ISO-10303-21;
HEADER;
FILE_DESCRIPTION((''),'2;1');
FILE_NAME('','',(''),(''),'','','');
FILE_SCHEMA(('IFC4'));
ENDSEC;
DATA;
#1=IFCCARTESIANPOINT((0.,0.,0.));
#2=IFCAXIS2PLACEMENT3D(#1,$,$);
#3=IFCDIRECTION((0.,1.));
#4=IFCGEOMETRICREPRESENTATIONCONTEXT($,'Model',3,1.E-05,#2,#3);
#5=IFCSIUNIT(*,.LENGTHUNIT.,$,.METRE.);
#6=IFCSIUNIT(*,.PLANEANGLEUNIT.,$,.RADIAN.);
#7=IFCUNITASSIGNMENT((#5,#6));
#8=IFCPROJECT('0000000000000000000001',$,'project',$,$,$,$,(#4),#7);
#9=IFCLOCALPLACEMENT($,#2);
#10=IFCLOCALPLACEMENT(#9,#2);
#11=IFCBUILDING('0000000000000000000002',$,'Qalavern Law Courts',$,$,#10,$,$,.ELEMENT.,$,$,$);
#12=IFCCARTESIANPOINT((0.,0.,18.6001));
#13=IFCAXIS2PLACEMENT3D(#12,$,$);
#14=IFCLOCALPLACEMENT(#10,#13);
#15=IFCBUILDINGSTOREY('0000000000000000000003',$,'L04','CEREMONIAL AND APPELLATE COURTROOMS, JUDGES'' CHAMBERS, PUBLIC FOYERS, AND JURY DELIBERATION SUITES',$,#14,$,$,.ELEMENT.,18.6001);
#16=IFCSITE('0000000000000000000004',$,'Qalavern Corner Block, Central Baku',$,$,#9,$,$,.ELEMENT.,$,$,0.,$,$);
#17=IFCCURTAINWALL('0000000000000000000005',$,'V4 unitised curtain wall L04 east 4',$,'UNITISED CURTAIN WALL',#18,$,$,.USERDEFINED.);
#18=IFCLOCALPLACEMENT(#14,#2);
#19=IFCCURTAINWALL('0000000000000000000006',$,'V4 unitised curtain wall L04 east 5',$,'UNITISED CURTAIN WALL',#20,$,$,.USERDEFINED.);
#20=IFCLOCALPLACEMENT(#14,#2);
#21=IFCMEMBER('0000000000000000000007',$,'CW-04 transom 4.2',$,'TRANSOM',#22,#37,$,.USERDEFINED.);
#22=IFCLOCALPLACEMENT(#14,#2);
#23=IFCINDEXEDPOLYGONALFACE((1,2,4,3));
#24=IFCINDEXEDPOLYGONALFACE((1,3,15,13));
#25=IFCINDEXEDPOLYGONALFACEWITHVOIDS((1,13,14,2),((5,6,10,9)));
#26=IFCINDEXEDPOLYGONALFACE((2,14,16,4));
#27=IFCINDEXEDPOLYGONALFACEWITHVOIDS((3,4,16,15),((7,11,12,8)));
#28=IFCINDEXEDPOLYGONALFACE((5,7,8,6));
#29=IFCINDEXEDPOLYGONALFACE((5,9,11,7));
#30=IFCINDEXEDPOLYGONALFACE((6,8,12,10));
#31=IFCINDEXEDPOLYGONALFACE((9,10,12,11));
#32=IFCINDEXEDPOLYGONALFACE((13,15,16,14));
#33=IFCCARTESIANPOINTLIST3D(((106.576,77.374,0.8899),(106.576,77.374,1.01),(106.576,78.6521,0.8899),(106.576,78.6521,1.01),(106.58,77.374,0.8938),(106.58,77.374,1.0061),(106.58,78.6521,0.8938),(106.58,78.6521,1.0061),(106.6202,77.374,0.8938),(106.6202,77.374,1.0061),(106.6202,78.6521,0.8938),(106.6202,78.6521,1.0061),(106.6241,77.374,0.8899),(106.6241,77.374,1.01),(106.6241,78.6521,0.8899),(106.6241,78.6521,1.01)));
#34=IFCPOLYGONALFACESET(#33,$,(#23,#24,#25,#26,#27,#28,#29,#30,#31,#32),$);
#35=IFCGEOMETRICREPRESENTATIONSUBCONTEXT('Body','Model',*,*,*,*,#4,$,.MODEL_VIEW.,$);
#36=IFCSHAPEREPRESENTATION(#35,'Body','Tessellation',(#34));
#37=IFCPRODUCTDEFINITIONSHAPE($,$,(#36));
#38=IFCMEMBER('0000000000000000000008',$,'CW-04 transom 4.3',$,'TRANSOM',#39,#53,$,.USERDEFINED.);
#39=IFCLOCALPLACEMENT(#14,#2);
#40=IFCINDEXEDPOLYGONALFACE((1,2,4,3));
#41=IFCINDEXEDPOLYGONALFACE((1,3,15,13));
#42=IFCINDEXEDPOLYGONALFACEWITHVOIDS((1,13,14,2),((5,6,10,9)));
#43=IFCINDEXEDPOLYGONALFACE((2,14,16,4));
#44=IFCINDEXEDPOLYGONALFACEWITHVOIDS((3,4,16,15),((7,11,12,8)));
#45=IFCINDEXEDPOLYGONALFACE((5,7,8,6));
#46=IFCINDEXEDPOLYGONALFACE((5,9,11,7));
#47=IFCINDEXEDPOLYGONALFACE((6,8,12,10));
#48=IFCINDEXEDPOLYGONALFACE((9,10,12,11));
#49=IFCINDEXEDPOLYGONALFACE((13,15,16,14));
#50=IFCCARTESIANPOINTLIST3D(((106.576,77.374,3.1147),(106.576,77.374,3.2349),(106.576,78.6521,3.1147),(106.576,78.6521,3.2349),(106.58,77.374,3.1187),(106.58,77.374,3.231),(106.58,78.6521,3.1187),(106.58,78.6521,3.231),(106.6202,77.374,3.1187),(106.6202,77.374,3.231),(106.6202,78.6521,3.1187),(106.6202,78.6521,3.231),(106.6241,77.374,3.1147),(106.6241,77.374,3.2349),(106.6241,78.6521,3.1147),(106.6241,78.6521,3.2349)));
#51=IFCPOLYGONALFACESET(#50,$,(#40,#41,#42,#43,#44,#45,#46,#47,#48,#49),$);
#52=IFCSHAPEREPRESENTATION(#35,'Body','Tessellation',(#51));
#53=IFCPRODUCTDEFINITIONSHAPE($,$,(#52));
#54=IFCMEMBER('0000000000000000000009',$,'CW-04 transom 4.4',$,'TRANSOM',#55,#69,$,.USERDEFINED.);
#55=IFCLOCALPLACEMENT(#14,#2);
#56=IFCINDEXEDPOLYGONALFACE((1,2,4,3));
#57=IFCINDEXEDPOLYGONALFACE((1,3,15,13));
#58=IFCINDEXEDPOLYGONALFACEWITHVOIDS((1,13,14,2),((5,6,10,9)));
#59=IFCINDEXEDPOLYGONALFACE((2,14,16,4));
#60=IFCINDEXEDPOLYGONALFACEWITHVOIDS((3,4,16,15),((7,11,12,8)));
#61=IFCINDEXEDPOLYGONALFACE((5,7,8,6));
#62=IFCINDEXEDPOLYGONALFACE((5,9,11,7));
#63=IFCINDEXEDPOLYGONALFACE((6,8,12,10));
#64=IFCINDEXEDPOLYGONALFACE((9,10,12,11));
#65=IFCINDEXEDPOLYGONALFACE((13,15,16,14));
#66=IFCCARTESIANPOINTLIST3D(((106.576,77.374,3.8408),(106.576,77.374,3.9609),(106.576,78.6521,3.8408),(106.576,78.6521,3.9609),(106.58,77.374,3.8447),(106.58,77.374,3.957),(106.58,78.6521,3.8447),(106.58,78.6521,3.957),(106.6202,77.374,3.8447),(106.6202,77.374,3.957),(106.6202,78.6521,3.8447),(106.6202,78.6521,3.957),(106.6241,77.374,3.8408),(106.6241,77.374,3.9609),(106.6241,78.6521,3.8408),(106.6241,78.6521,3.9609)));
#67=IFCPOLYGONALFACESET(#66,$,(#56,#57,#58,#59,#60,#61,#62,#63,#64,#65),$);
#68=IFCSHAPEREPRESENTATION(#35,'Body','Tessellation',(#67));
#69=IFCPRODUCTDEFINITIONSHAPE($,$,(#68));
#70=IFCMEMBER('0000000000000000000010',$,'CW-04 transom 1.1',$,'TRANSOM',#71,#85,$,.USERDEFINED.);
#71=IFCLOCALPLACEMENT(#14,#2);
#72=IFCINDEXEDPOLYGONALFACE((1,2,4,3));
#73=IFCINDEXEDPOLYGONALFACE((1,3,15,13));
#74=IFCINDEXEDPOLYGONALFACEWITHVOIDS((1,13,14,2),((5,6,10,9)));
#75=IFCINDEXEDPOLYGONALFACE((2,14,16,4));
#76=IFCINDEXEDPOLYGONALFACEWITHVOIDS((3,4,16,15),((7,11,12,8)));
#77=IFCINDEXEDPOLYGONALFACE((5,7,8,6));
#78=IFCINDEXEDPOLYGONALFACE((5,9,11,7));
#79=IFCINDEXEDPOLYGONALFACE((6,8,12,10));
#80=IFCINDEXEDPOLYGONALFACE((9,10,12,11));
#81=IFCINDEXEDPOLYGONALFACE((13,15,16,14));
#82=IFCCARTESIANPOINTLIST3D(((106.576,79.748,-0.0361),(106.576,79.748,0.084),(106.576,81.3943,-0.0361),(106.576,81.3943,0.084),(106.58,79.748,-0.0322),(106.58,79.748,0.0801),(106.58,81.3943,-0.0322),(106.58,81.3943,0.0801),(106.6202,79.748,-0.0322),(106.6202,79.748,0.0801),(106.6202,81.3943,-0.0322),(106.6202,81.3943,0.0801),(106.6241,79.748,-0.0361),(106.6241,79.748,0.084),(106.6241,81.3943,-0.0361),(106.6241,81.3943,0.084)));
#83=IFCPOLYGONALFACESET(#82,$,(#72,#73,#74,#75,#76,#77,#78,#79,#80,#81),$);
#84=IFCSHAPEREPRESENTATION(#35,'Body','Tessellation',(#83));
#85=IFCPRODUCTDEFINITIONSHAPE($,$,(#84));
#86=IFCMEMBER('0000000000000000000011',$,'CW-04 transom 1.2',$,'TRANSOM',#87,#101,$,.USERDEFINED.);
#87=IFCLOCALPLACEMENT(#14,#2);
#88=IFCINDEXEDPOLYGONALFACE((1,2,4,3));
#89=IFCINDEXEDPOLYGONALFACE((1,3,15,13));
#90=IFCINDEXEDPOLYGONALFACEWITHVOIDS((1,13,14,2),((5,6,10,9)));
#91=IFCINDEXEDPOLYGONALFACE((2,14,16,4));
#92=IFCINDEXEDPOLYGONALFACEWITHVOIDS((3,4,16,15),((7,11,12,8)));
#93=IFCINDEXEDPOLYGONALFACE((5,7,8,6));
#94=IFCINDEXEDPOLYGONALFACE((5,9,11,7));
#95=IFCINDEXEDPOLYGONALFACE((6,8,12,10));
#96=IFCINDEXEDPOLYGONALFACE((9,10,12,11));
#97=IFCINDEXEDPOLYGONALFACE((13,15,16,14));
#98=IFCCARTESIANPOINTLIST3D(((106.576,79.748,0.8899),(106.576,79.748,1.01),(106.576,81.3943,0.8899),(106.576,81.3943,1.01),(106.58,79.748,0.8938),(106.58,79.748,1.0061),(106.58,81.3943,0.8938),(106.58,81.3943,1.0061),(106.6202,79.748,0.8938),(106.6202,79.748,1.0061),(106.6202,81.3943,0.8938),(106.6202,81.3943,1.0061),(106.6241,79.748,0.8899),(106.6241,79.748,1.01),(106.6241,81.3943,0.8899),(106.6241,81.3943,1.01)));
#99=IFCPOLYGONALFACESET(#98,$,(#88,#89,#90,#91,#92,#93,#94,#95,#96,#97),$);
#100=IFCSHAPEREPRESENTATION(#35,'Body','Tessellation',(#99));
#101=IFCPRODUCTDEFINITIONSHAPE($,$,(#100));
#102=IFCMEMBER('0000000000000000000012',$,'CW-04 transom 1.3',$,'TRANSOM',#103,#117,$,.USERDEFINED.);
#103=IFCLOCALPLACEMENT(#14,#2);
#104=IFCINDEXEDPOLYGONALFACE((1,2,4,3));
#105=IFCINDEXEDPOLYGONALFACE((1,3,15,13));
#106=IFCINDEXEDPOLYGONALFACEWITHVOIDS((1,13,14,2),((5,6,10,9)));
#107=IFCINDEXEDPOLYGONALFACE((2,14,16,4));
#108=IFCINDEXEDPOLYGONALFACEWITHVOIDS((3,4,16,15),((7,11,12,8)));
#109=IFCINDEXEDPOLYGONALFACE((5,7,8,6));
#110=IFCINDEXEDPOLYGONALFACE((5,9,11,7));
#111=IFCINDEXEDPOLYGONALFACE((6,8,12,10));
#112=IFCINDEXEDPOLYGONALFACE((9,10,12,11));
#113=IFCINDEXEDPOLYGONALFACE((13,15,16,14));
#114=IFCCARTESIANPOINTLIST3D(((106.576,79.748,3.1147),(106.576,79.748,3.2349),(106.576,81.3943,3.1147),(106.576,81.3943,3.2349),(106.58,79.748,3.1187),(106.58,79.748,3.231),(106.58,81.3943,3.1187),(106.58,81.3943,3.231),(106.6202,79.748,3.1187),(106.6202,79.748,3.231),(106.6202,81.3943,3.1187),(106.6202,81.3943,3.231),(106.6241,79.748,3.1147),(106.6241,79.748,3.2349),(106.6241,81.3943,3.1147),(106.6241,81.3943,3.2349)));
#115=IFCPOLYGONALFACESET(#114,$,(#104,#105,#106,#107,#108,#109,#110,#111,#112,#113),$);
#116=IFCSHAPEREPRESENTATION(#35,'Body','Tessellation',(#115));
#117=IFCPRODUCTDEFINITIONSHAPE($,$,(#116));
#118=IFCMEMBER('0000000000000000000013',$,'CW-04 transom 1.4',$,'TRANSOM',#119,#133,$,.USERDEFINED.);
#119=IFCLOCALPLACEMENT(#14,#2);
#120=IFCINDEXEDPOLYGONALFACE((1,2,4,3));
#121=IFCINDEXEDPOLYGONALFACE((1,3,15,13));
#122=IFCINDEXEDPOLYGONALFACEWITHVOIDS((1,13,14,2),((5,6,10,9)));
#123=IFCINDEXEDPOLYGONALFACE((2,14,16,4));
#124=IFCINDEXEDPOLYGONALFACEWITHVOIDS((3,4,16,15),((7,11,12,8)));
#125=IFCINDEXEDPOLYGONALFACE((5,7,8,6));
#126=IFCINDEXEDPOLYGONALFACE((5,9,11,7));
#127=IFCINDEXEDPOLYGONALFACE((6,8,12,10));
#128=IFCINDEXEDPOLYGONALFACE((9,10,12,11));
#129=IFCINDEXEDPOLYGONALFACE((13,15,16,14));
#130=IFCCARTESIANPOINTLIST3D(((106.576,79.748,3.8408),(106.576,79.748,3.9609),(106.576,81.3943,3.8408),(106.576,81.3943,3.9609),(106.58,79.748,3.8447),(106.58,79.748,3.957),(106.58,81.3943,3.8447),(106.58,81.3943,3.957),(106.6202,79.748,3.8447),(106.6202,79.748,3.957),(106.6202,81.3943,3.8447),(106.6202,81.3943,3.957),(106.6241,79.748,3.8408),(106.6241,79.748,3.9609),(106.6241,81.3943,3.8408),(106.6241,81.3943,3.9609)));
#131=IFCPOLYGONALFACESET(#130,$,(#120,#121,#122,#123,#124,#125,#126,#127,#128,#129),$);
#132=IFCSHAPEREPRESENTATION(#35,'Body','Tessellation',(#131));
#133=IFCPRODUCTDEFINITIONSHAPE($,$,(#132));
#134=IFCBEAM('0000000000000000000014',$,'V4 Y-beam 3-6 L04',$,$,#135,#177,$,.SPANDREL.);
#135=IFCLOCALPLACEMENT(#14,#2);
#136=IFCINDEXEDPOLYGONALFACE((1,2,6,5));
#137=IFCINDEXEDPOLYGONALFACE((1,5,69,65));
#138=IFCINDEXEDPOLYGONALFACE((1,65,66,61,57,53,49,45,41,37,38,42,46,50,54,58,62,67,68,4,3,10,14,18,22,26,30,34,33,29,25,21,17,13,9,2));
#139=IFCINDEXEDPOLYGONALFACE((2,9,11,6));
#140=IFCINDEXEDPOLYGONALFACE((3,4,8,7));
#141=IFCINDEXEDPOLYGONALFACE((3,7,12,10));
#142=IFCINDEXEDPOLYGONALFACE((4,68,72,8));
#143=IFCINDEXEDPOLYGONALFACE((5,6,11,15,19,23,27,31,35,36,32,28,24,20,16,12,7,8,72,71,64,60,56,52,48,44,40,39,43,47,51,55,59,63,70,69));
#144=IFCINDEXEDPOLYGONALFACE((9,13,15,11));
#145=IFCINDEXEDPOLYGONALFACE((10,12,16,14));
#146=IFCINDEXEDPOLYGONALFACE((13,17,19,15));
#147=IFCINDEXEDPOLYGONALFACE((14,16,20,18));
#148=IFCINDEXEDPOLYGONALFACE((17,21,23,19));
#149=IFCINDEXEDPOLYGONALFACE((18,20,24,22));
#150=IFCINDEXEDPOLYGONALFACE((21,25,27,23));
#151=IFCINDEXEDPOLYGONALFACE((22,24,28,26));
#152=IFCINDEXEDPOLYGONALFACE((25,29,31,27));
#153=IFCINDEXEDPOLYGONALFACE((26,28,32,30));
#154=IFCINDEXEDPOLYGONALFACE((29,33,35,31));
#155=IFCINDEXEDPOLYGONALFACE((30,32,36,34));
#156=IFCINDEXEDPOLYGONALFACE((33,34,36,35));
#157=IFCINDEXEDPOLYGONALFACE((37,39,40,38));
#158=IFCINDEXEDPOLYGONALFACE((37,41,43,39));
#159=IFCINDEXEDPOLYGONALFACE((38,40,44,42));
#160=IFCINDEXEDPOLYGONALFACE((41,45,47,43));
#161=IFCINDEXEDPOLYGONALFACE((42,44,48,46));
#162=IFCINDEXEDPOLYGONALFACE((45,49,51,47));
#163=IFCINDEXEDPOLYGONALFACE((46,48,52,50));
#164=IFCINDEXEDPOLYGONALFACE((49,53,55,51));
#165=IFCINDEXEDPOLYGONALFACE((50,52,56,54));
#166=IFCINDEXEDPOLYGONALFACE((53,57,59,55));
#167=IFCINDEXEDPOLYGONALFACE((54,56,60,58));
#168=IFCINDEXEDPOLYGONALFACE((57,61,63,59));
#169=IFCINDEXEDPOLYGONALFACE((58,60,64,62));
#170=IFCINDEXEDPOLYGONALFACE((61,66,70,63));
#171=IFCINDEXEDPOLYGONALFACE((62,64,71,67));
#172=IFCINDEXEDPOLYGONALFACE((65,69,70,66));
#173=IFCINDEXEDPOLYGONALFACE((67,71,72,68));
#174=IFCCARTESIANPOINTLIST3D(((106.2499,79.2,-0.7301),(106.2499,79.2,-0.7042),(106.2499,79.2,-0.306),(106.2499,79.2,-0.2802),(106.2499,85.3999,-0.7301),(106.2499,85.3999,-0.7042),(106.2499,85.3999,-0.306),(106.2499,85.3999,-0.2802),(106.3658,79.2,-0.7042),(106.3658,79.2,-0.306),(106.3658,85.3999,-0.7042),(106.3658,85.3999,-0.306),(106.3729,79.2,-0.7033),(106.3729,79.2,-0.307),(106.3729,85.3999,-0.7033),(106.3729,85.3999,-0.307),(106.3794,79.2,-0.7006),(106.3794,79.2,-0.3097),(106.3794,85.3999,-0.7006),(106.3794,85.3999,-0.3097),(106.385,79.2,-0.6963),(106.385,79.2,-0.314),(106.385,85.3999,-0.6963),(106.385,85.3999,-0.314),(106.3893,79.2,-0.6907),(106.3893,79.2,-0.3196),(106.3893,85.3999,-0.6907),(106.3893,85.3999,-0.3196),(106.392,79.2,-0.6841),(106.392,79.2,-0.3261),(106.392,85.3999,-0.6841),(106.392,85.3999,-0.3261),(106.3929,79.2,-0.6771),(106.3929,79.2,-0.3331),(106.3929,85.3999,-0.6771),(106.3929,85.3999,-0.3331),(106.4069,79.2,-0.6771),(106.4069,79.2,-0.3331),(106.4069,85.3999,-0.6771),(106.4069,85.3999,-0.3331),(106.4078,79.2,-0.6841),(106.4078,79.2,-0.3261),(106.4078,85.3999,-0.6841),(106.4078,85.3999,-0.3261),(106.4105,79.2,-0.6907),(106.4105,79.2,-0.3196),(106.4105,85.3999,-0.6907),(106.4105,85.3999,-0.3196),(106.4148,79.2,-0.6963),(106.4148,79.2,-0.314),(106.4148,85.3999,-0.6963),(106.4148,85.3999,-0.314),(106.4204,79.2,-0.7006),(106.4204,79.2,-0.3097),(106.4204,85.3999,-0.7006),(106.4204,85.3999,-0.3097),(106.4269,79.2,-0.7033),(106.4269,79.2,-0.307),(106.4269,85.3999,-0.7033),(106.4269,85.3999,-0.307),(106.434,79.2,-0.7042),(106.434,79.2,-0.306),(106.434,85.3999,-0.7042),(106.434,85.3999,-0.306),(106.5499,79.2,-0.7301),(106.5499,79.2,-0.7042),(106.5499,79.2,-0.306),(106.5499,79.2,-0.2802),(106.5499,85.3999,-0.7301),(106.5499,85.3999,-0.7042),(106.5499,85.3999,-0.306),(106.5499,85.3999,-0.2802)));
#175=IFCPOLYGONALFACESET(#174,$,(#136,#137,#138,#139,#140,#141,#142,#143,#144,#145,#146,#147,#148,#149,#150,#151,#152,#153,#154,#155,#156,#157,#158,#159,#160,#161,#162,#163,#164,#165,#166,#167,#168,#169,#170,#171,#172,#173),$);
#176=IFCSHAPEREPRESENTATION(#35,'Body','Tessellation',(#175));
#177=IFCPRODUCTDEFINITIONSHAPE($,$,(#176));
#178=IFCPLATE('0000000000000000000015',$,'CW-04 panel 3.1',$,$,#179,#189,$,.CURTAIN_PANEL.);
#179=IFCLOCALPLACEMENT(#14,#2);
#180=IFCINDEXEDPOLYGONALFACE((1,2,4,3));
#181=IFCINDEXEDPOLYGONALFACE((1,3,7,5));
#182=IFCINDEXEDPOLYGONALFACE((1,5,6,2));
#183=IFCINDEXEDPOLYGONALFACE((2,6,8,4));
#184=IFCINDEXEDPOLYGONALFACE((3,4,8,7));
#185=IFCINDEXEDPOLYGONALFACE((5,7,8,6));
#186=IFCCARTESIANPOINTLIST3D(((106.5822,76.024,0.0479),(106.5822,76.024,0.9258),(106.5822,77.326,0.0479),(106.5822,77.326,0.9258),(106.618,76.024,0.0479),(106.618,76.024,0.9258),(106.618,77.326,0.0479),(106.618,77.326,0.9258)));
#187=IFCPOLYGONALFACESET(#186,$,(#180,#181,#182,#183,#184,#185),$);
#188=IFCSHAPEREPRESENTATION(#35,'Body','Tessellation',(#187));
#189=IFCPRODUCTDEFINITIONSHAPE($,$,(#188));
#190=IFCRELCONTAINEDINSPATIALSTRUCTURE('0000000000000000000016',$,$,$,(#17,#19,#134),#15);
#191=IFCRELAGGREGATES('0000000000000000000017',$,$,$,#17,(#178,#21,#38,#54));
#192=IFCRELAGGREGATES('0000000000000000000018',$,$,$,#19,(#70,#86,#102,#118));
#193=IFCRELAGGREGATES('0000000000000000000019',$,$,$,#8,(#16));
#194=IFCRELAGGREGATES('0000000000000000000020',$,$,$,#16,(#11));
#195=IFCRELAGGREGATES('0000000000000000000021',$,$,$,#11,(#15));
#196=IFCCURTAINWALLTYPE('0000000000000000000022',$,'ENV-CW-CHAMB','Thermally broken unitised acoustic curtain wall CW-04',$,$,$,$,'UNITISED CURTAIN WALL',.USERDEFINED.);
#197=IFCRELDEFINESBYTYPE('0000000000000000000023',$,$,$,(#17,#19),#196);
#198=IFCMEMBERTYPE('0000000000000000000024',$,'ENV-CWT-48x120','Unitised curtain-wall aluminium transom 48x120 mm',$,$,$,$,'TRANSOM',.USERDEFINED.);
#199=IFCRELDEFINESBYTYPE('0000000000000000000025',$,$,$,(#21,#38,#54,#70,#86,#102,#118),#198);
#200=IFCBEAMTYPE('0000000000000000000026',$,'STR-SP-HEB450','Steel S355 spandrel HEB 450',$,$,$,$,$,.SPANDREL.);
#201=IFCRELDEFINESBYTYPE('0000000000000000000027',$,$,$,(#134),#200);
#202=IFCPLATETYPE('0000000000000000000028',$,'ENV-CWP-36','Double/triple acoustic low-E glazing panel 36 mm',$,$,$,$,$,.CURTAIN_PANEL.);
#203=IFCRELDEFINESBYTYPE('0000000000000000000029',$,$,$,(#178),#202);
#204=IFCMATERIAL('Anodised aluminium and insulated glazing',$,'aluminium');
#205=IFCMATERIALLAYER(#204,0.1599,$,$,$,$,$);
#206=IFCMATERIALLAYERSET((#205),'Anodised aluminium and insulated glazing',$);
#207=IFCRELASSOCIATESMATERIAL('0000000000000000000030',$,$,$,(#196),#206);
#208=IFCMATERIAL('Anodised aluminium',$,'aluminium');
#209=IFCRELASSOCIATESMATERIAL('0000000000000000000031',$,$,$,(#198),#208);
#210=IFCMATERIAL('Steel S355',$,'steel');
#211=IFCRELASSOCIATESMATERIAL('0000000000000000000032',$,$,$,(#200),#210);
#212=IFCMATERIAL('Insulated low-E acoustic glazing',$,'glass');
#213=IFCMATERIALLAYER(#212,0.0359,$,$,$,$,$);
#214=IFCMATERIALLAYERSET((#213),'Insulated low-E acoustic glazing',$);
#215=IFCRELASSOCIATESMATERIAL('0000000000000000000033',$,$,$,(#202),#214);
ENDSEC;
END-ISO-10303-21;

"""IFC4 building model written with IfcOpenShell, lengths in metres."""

from ifc_helpers import new_model, si_unit, direction, frame, origin, origin_2d, place, context, subcontext, project, spatial, rectangle, hollow_rectangle, i_section, extrude, material, layer, layer_set, material_profile, profile_set, type_object, element, aggregate, save


model = new_model("IFC4")

# Units and contexts
model_context = context("Model", 3, precision=1e-05, world=origin(), true_north=direction((0.0, 1.0)))
body_context = subcontext(model_context, "Body", "Model", "MODEL_VIEW")
ifc_project = project(units=[si_unit("LENGTHUNIT", "METRE"), si_unit("PLANEANGLEUNIT", "RADIAN")], contexts=[model_context])

# Site, building, storey
site_placement = place(None, origin())
site = spatial("IfcSite", under=ifc_project, at=site_placement, Name="Qalavern Corner Block, Central Baku", CompositionType="ELEMENT", RefElevation=0.0)
building_placement = place(site_placement, origin())
building = spatial("IfcBuilding", under=site, at=building_placement, Name="Qalavern Law Courts", CompositionType="ELEMENT")
storey_placement = place(building_placement, frame((0.0, 0.0, 18.6001)))
storey = spatial("IfcBuildingStorey", under=building, at=storey_placement, Name="L04", Description="CEREMONIAL AND APPELLATE COURTROOMS, JUDGES' CHAMBERS, PUBLIC FOYERS, AND JURY DELIBERATION SUITES", CompositionType="ELEMENT", Elevation=18.6001)

# Curtain walls
ifc_material_1 = material(Name="Anodised aluminium and insulated glazing", Category="aluminium")
ifc_layer_1 = layer(ifc_material_1, 0.1599)
ifc_layer_set_1 = layer_set([ifc_layer_1], Name="Anodised aluminium and insulated glazing")
curtain_wall_type = type_object("IfcCurtainWallType", Name="ENV-CW-CHAMB", Description="Thermally broken unitised acoustic curtain wall CW-04", ElementType="UNITISED CURTAIN WALL", PredefinedType="USERDEFINED", material=ifc_layer_set_1)
curtain_wall_1_placement = place(storey_placement, origin())
curtain_wall_1 = element("IfcCurtainWall", 1, at=curtain_wall_1_placement, inside=storey, type_object=curtain_wall_type, Name="V4 unitised curtain wall L04 east 4", ObjectType="UNITISED CURTAIN WALL", PredefinedType="USERDEFINED")
ifc_material_2 = material(Name="Anodised aluminium", Category="aluminium")
curtain_wall_2_placement = place(storey_placement, origin())
curtain_wall_2 = element("IfcCurtainWall", 2, at=curtain_wall_2_placement, inside=storey, type_object=curtain_wall_type, Name="V4 unitised curtain wall L04 east 5", ObjectType="UNITISED CURTAIN WALL", PredefinedType="USERDEFINED")

# Members
ifc_material_profile_1 = material_profile(ifc_material_2, hollow_rectangle(XDim=0.0481, YDim=0.1201, WallThickness=0.0039, at=origin_2d()), Name="ALU TRANSOM 48x120")
ifc_profile_set_1 = profile_set([ifc_material_profile_1], Name="Anodised aluminium")
member_type_1 = type_object("IfcMemberType", Name="ENV-CWT-48x120", Description="Unitised curtain-wall aluminium transom 48x120 mm", ElementType="TRANSOM", PredefinedType="USERDEFINED", material=ifc_profile_set_1)
member_1_placement = place(storey_placement, frame((106.6001, 77.374, 0.95), z_axis=(0.0, 1.0, 0.0), x_axis=(-1.0, 0.0, 0.0)))
member_1 = element("IfcMember", 3, at=member_1_placement, type_object=member_type_1, Name="CW-04 transom 4.2", ObjectType="TRANSOM", PredefinedType="USERDEFINED", context=body_context, shape_type="SweptSolid", body=[
    extrude(hollow_rectangle(XDim=0.0481, YDim=0.1201, WallThickness=0.0039, at=origin_2d()), origin(), (0.0, 0.0, 1.0), 1.2781),
])
member_2_placement = place(storey_placement, frame((106.6001, 77.374, 3.1748), z_axis=(0.0, 1.0, 0.0), x_axis=(-1.0, 0.0, 0.0)))
member_2 = element("IfcMember", 4, at=member_2_placement, type_object=member_type_1, Name="CW-04 transom 4.3", ObjectType="TRANSOM", PredefinedType="USERDEFINED", context=body_context, shape_type="SweptSolid", body=[
    extrude(hollow_rectangle(XDim=0.0481, YDim=0.1201, WallThickness=0.0039, at=origin_2d()), origin(), (0.0, 0.0, 1.0), 1.2781),
])
member_3_placement = place(storey_placement, frame((106.6001, 77.374, 3.9009), z_axis=(0.0, 1.0, 0.0), x_axis=(-1.0, 0.0, 0.0)))
member_3 = element("IfcMember", 5, at=member_3_placement, type_object=member_type_1, Name="CW-04 transom 4.4", ObjectType="TRANSOM", PredefinedType="USERDEFINED", context=body_context, shape_type="SweptSolid", body=[
    extrude(hollow_rectangle(XDim=0.0481, YDim=0.1201, WallThickness=0.0039, at=origin_2d()), origin(), (0.0, 0.0, 1.0), 1.2781),
])
member_4_placement = place(storey_placement, frame((106.6001, 79.748, 0.0239), z_axis=(0.0, 1.0, 0.0), x_axis=(-1.0, 0.0, 0.0)))
member_4 = element("IfcMember", 6, at=member_4_placement, type_object=member_type_1, Name="CW-04 transom 1.1", ObjectType="TRANSOM", PredefinedType="USERDEFINED", context=body_context, shape_type="SweptSolid", body=[
    extrude(hollow_rectangle(XDim=0.0481, YDim=0.1201, WallThickness=0.0039, at=origin_2d()), origin(), (0.0, 0.0, 1.0), 1.6462),
])
member_5_placement = place(storey_placement, frame((106.6001, 79.748, 0.95), z_axis=(0.0, 1.0, 0.0), x_axis=(-1.0, 0.0, 0.0)))
member_5 = element("IfcMember", 7, at=member_5_placement, type_object=member_type_1, Name="CW-04 transom 1.2", ObjectType="TRANSOM", PredefinedType="USERDEFINED", context=body_context, shape_type="SweptSolid", body=[
    extrude(hollow_rectangle(XDim=0.0481, YDim=0.1201, WallThickness=0.0039, at=origin_2d()), origin(), (0.0, 0.0, 1.0), 1.6462),
])
member_6_placement = place(storey_placement, frame((106.6001, 79.748, 3.1748), z_axis=(0.0, 1.0, 0.0), x_axis=(-1.0, 0.0, 0.0)))
member_6 = element("IfcMember", 8, at=member_6_placement, type_object=member_type_1, Name="CW-04 transom 1.3", ObjectType="TRANSOM", PredefinedType="USERDEFINED", context=body_context, shape_type="SweptSolid", body=[
    extrude(hollow_rectangle(XDim=0.0481, YDim=0.1201, WallThickness=0.0039, at=origin_2d()), origin(), (0.0, 0.0, 1.0), 1.6462),
])
member_7_placement = place(storey_placement, frame((106.6001, 79.748, 3.9009), z_axis=(0.0, 1.0, 0.0), x_axis=(-1.0, 0.0, 0.0)))
member_7 = element("IfcMember", 9, at=member_7_placement, type_object=member_type_1, Name="CW-04 transom 1.4", ObjectType="TRANSOM", PredefinedType="USERDEFINED", context=body_context, shape_type="SweptSolid", body=[
    extrude(hollow_rectangle(XDim=0.0481, YDim=0.1201, WallThickness=0.0039, at=origin_2d()), origin(), (0.0, 0.0, 1.0), 1.6462),
])

# Beam
ifc_material_3 = material(Name="Steel S355", Category="steel")
ifc_material_profile_2 = material_profile(ifc_material_3, i_section(OverallWidth=0.3, OverallDepth=0.45, WebThickness=0.0139, FlangeThickness=0.0259, FilletRadius=0.0271, at=origin_2d()), Name="HEB 450")
ifc_profile_set_2 = profile_set([ifc_material_profile_2], Name="Steel S355")
beam_type = type_object("IfcBeamType", Name="STR-SP-HEB450", Description="Steel S355 spandrel HEB 450", PredefinedType="SPANDREL", material=ifc_profile_set_2)
beam_placement = place(storey_placement, frame((106.3999, 79.2, -0.5051), z_axis=(0.0, 1.0, 0.0), x_axis=(-1.0, 0.0, 0.0)))
element("IfcBeam", 10, at=beam_placement, inside=storey, type_object=beam_type, Name="V4 Y-beam 3-6 L04", PredefinedType="SPANDREL", context=body_context, shape_type="SweptSolid", body=[
    extrude(i_section(OverallWidth=0.3, OverallDepth=0.45, WebThickness=0.0139, FlangeThickness=0.0259, FilletRadius=0.0271, at=origin_2d()), origin(), (0.0, 0.0, 1.0), 6.2),
])

# Plate
ifc_material_4 = material(Name="Insulated low-E acoustic glazing", Category="glass")
ifc_layer_2 = layer(ifc_material_4, 0.0359)
ifc_layer_set_2 = layer_set([ifc_layer_2], Name="Insulated low-E acoustic glazing")
plate_type_1 = type_object("IfcPlateType", Name="ENV-CWP-36", Description="Double/triple acoustic low-E glazing panel 36 mm", PredefinedType="CURTAIN_PANEL", material=ifc_layer_set_2)
plate_1_placement = place(storey_placement, frame((106.6001, 76.675, 0.0479), z_axis=(0.0, 0.0, 1.0), x_axis=(0.0, 1.0, 0.0)))
plate_1 = element("IfcPlate", 11, at=plate_1_placement, type_object=plate_type_1, Name="CW-04 panel 3.1", PredefinedType="CURTAIN_PANEL", context=body_context, shape_type="SweptSolid", body=[
    extrude(rectangle(XDim=1.302, YDim=0.0359, at=origin_2d()), origin(), (0.0, 0.0, 1.0), 0.8779),
])
aggregate(curtain_wall_1, [plate_1, member_1, member_2, member_3])
aggregate(curtain_wall_2, [member_4, member_5, member_6, member_7])

save(model, "model.ifc")
